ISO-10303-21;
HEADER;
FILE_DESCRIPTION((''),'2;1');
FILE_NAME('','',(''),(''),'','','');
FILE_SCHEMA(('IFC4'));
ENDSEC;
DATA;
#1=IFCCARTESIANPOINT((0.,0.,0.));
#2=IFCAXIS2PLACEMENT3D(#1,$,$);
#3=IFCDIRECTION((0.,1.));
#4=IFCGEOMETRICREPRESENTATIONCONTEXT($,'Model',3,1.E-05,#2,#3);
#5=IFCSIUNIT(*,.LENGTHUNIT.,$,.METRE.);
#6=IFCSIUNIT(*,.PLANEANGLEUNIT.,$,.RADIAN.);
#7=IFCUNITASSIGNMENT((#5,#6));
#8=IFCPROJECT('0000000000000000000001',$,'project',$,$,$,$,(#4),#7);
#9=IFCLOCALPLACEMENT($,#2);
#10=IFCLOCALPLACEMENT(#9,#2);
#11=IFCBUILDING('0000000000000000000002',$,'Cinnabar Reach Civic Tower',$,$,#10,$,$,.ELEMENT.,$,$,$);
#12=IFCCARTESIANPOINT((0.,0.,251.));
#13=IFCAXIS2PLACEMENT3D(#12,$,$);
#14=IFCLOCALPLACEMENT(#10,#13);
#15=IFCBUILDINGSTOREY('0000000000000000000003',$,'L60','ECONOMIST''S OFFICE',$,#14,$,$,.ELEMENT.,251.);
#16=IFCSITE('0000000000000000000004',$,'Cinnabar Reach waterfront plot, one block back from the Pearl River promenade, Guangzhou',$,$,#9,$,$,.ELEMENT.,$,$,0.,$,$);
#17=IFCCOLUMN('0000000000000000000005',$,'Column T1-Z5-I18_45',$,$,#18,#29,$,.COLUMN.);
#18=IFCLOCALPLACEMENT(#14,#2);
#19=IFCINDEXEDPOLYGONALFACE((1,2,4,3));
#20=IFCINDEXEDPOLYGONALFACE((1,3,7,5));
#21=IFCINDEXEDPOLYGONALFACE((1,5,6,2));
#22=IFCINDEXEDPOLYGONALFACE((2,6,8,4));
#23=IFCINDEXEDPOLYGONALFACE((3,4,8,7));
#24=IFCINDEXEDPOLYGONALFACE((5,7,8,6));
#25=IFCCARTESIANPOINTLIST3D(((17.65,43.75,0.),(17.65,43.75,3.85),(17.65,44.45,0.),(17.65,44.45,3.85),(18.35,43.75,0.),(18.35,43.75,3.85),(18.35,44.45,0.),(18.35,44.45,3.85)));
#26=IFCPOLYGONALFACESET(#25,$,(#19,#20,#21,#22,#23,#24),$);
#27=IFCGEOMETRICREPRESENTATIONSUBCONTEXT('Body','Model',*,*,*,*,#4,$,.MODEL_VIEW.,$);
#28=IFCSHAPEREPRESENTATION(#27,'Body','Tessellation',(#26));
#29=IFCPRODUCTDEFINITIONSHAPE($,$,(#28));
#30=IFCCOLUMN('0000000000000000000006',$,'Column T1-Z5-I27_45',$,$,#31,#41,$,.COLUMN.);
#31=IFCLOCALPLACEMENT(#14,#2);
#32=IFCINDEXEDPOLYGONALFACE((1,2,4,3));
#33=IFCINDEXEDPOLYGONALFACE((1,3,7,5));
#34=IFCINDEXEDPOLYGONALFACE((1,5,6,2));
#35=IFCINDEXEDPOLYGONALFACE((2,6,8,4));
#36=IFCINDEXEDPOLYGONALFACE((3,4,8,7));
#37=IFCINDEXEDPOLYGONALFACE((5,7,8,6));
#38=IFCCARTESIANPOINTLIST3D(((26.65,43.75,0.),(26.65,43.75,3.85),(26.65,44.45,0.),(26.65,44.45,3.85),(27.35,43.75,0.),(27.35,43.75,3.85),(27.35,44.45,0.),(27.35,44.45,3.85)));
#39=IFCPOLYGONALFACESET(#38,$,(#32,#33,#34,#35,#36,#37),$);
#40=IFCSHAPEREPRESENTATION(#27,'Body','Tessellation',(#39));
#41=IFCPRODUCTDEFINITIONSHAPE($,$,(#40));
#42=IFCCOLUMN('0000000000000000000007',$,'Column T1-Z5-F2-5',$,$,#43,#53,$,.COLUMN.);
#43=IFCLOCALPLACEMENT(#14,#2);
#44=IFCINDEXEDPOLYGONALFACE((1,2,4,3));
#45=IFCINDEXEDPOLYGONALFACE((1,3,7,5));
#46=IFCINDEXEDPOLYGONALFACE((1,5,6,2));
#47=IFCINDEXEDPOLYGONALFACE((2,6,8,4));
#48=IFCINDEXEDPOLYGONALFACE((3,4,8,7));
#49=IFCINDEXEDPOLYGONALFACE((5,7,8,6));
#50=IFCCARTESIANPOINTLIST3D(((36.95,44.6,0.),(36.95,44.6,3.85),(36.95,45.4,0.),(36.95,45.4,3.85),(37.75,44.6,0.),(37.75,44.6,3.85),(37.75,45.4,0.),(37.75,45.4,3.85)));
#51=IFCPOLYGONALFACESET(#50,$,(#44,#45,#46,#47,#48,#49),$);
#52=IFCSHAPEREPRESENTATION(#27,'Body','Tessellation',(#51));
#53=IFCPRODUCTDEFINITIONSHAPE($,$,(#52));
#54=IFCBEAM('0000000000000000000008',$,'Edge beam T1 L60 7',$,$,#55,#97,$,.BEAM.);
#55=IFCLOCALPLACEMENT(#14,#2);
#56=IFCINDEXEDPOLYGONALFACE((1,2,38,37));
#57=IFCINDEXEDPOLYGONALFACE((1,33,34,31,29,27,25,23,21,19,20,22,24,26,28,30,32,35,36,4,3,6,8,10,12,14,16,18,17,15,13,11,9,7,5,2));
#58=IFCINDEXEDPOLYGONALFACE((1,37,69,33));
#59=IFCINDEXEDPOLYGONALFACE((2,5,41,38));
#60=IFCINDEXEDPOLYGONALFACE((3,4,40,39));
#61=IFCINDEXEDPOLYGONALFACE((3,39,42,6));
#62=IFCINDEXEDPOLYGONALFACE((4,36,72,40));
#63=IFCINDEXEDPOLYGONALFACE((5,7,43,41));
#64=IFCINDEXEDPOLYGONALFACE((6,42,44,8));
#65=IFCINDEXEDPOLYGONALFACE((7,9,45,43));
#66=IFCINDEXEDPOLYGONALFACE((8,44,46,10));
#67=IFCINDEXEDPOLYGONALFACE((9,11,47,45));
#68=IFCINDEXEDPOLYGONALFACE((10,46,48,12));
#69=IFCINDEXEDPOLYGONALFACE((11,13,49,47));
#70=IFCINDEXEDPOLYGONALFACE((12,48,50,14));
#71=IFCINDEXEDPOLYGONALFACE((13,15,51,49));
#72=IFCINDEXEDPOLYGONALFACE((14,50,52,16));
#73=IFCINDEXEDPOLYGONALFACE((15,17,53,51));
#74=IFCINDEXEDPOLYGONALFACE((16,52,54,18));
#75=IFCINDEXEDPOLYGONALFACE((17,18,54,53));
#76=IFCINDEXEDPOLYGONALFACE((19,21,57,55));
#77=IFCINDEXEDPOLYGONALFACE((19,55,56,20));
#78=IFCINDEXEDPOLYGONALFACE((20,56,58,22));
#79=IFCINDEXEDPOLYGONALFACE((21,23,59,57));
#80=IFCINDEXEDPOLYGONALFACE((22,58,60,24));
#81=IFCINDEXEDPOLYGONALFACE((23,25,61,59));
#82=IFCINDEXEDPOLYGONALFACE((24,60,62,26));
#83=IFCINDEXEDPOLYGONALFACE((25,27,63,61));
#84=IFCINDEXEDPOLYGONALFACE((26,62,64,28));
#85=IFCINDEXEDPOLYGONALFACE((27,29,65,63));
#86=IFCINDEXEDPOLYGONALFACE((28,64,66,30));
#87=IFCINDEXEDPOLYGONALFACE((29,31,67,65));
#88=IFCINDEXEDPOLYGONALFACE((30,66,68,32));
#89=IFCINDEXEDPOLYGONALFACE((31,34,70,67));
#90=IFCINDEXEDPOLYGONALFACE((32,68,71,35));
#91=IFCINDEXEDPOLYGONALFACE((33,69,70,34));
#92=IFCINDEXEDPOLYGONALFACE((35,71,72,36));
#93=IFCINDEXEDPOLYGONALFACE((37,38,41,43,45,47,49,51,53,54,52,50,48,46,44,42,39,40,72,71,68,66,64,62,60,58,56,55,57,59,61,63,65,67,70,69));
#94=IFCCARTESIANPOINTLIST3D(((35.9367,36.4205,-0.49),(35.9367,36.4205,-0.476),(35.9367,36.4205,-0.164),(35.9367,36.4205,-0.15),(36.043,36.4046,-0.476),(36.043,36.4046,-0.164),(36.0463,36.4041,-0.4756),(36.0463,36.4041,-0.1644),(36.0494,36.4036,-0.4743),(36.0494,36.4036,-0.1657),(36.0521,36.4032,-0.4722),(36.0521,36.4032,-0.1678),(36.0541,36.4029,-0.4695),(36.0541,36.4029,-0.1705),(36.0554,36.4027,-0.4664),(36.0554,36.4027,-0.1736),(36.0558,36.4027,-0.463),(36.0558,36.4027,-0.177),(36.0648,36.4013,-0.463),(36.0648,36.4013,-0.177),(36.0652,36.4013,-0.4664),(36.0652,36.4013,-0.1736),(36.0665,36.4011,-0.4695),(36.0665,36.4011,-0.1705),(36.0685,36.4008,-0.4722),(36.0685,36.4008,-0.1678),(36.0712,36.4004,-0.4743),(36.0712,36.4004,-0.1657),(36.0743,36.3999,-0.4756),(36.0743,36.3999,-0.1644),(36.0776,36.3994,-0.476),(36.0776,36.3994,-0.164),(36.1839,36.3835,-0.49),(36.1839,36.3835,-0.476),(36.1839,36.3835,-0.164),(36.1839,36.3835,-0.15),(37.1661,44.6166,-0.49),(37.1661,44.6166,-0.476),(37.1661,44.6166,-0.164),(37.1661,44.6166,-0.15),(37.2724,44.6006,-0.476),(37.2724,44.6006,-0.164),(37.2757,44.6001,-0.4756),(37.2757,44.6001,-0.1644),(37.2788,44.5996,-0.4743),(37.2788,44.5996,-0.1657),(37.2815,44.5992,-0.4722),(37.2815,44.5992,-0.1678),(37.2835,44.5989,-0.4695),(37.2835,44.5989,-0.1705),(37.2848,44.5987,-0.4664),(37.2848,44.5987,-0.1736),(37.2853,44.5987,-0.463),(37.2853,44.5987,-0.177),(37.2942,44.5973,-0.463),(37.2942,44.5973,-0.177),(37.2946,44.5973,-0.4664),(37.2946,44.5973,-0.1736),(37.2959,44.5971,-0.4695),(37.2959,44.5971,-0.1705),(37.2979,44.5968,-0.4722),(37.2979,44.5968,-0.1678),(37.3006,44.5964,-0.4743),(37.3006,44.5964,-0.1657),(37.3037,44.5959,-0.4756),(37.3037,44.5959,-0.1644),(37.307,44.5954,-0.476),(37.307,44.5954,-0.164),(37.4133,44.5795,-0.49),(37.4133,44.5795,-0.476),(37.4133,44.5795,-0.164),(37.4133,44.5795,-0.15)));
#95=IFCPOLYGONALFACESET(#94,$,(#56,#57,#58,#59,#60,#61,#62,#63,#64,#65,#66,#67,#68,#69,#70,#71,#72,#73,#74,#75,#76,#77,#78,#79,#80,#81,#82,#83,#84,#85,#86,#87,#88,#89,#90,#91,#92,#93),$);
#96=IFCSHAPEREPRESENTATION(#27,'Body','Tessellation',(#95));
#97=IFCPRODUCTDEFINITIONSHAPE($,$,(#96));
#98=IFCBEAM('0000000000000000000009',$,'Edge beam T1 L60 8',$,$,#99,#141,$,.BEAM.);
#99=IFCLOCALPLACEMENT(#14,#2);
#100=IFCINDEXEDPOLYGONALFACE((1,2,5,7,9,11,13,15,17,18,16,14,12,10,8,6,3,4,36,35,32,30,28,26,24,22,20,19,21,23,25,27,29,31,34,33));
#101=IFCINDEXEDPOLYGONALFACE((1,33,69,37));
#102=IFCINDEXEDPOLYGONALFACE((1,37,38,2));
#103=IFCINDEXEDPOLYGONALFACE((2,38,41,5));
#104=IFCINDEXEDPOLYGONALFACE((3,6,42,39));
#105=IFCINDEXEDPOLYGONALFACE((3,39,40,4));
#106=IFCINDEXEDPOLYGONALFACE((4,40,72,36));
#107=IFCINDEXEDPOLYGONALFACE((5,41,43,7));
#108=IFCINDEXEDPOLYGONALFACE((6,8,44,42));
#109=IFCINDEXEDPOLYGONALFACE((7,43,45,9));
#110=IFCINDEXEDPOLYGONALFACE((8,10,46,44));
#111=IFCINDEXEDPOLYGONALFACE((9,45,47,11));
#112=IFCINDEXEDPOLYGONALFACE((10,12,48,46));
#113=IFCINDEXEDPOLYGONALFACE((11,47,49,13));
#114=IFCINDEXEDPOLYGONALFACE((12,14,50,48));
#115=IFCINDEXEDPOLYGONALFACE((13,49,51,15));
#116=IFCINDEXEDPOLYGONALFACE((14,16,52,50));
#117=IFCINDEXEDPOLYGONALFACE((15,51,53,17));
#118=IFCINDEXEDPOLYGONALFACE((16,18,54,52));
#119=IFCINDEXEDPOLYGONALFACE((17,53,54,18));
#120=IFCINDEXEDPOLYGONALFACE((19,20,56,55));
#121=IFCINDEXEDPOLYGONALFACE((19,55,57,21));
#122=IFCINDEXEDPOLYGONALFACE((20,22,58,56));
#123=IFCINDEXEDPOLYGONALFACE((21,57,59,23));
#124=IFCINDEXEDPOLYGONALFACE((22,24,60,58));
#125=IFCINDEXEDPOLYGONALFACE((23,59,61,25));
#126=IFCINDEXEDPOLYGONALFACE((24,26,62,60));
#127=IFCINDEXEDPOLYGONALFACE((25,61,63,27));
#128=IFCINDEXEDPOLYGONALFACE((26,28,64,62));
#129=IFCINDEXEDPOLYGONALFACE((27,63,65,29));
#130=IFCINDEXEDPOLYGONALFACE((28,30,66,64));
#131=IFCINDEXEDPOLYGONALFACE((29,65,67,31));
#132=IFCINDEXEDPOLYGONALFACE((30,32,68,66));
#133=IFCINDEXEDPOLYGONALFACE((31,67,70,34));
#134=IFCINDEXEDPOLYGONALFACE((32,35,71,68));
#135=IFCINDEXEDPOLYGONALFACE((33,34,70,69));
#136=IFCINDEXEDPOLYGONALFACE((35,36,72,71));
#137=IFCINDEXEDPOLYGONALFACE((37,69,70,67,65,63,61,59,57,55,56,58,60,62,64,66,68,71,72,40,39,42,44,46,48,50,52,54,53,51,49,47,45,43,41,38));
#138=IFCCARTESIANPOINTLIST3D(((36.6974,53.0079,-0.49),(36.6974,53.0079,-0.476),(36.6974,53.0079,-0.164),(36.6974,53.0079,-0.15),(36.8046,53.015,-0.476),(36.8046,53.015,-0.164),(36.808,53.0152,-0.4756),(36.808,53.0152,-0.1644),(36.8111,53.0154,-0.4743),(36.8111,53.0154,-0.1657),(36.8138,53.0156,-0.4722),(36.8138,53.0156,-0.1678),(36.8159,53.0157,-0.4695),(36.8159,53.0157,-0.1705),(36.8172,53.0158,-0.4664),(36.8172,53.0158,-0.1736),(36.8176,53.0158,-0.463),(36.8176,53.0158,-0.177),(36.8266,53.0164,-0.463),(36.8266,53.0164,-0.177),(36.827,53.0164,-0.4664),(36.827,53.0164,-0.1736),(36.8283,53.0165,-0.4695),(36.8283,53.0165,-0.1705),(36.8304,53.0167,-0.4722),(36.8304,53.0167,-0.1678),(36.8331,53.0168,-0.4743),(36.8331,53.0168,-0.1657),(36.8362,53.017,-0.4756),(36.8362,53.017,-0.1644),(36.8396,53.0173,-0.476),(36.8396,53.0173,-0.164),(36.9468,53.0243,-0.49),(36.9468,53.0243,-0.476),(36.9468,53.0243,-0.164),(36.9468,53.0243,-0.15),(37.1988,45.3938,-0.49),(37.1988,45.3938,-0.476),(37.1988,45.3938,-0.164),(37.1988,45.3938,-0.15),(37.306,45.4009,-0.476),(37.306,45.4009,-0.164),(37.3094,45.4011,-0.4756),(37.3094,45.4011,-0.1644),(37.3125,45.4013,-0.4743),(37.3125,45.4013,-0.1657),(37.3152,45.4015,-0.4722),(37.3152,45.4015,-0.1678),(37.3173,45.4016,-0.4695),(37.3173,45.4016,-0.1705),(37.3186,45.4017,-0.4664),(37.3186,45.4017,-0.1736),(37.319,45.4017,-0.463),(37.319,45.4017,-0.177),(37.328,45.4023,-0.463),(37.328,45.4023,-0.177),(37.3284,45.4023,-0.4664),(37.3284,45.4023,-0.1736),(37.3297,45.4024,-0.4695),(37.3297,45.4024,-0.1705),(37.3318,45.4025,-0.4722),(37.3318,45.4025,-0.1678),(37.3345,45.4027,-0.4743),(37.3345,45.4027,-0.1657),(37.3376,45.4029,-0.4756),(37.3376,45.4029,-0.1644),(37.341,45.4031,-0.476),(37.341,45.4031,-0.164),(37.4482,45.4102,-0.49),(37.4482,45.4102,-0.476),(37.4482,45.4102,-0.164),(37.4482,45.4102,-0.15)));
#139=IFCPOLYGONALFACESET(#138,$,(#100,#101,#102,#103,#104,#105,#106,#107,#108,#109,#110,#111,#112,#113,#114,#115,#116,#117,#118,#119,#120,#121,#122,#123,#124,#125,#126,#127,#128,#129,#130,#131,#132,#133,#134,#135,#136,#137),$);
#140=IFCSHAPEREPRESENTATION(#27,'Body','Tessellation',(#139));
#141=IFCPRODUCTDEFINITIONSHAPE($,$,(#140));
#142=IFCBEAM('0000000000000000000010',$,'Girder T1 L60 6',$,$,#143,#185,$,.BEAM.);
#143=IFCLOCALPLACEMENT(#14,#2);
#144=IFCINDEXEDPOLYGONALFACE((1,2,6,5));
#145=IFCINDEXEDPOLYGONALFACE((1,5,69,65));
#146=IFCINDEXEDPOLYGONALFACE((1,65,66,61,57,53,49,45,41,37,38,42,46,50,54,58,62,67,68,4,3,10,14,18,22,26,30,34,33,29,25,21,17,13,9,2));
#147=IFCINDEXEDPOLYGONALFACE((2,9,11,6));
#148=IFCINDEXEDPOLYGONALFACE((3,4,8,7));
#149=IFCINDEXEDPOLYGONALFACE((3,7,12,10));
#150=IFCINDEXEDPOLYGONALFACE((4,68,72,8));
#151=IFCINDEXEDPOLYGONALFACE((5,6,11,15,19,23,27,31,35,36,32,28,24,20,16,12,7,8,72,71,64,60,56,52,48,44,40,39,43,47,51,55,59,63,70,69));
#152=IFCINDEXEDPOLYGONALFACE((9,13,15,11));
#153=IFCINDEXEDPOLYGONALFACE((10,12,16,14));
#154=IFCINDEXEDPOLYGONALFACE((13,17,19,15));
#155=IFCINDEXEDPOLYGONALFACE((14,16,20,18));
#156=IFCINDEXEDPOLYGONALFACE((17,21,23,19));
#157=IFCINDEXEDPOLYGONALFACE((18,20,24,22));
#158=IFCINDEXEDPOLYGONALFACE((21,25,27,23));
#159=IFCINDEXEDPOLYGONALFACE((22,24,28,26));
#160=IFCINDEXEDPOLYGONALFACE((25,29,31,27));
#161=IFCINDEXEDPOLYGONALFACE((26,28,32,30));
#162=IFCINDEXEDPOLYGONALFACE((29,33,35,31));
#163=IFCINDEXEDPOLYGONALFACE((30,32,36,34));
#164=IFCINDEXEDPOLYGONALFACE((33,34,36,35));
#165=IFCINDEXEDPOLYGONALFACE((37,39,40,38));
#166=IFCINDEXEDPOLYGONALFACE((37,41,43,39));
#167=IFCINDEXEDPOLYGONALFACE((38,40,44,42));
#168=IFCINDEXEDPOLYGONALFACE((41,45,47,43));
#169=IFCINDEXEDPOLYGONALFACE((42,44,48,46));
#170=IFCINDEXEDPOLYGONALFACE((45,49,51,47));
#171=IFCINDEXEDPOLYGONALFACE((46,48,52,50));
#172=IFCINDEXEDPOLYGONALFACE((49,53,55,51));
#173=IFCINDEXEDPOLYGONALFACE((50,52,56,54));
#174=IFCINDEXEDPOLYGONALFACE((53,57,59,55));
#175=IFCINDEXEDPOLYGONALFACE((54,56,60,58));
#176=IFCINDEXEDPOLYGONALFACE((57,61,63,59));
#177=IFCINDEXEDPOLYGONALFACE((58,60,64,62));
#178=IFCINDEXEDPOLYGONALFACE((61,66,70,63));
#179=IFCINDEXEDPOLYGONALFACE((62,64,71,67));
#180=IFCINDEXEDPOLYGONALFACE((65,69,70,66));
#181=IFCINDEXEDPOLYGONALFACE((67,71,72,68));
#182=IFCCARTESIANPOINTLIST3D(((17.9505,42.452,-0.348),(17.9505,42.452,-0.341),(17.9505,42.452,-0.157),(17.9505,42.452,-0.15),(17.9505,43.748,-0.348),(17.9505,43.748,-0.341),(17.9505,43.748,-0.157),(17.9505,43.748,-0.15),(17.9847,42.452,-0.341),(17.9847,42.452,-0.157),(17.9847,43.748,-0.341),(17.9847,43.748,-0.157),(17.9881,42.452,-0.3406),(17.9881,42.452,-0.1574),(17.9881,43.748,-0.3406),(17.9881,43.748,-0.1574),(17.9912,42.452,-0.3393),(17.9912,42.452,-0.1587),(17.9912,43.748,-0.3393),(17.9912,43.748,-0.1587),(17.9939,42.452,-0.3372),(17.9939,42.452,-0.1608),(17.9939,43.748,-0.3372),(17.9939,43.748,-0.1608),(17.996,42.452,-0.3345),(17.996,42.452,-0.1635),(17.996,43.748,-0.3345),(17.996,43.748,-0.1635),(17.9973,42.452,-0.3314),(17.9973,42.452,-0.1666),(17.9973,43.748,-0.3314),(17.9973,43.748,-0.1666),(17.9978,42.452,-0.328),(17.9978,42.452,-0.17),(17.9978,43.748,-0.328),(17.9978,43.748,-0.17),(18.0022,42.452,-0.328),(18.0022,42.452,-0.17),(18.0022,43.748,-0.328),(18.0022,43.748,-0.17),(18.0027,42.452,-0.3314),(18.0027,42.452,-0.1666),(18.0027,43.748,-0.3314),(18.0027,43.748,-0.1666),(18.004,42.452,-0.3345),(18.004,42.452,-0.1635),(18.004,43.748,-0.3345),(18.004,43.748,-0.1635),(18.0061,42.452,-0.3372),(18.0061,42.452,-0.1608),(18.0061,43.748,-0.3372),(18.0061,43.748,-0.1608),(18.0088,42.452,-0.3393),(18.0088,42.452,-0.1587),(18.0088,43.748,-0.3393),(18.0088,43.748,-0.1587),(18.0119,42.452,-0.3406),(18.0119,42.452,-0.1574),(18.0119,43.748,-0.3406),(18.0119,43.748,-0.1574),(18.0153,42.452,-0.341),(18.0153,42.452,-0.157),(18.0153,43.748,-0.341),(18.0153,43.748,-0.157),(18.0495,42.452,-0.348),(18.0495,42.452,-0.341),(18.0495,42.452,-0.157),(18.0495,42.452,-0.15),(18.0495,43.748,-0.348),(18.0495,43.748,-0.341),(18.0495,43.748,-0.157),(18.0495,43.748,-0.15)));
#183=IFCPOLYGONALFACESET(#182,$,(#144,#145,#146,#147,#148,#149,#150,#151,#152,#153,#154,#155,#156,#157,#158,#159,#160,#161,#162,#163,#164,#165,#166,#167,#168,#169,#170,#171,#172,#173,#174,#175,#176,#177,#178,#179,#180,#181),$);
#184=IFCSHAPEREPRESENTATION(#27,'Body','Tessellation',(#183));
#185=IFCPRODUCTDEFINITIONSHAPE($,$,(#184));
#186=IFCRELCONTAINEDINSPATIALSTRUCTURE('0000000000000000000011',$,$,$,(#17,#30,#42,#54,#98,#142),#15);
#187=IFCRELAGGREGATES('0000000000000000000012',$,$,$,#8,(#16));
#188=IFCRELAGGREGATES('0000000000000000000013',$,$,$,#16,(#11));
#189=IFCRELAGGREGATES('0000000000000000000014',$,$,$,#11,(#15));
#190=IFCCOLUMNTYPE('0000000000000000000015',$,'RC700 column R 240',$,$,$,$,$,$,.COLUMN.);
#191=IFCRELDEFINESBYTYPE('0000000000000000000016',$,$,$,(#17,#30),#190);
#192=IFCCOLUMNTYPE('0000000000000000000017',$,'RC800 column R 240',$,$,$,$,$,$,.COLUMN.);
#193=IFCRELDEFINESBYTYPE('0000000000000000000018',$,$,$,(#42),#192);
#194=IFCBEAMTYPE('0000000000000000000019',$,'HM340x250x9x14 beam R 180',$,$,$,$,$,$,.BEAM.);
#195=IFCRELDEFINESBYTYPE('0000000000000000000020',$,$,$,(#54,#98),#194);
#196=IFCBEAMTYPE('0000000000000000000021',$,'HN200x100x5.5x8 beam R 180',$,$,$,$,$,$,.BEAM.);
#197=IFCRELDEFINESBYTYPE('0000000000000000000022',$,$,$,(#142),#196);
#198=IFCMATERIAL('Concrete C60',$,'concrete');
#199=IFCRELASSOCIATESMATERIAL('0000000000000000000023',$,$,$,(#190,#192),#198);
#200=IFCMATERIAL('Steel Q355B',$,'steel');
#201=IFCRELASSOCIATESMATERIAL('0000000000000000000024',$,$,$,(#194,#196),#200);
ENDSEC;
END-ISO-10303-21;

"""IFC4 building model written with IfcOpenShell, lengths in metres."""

from ifc_helpers import new_model, si_unit, direction, frame, origin, origin_2d, place, context, subcontext, project, spatial, rectangle, i_section, extrude, material, material_profile, profile_set, type_object, element, save


model = new_model("IFC4")

# Units and contexts
model_context = context("Model", 3, precision=1e-05, world=origin(), true_north=direction((0.0, 1.0)))
body_context = subcontext(model_context, "Body", "Model", "MODEL_VIEW")
ifc_project = project(units=[si_unit("LENGTHUNIT", "METRE"), si_unit("PLANEANGLEUNIT", "RADIAN")], contexts=[model_context])

# Site, building, storey
site_placement = place(None, origin())
site = spatial("IfcSite", under=ifc_project, at=site_placement, Name="Cinnabar Reach waterfront plot, one block back from the Pearl River promenade, Guangzhou", CompositionType="ELEMENT", RefElevation=0.0)
building_placement = place(site_placement, origin())
building = spatial("IfcBuilding", under=site, at=building_placement, Name="Cinnabar Reach Civic Tower", CompositionType="ELEMENT")
storey_placement = place(building_placement, frame((0.0, 0.0, 251.0)))
storey = spatial("IfcBuildingStorey", under=building, at=storey_placement, Name="L60", Description="ECONOMIST'S OFFICE", CompositionType="ELEMENT", Elevation=251.0)

# Columns
ifc_material_1 = material(Name="Concrete C60", Category="concrete")
ifc_material_profile_1 = material_profile(ifc_material_1, rectangle(XDim=0.7, YDim=0.7, at=origin_2d()), Name="RC700")
ifc_profile_set_1 = profile_set([ifc_material_profile_1], Name="Concrete C60")
column_type_1 = type_object("IfcColumnType", Name="RC700 column R 240", PredefinedType="COLUMN", material=ifc_profile_set_1)
for number, where, z_axis, x_axis, name in (
    (1, (18.0, 44.1, 0.0), (0.0, 0.0, 1.0), (1.0, 0.0, 0.0), "Column T1-Z5-I18_45"),
    (2, (27.0, 44.1, 0.0), (0.0, 0.0, 1.0), (1.0, 0.0, 0.0), "Column T1-Z5-I27_45"),
):
    element("IfcColumn", number, at=place(storey_placement, frame(where, z_axis=z_axis, x_axis=x_axis)), inside=storey, type_object=column_type_1, Name=name, PredefinedType="COLUMN", context=body_context, shape_type="SweptSolid", body=[
        extrude(rectangle(XDim=0.7, YDim=0.7, at=origin_2d()), origin(), (0.0, 0.0, 1.0), 3.85),
    ])
ifc_material_profile_2 = material_profile(ifc_material_1, rectangle(XDim=0.8, YDim=0.8, at=origin_2d()), Name="RC800")
ifc_profile_set_2 = profile_set([ifc_material_profile_2], Name="Concrete C60")
column_type_2 = type_object("IfcColumnType", Name="RC800 column R 240", PredefinedType="COLUMN", material=ifc_profile_set_2)
column_placement = place(storey_placement, frame((37.35, 45.0, 0.0), z_axis=(0.0, 0.0, 1.0), x_axis=(1.0, 0.0, 0.0)))
element("IfcColumn", 3, at=column_placement, inside=storey, type_object=column_type_2, Name="Column T1-Z5-F2-5", PredefinedType="COLUMN", context=body_context, shape_type="SweptSolid", body=[
    extrude(rectangle(XDim=0.8, YDim=0.8, at=origin_2d()), origin(), (0.0, 0.0, 1.0), 3.85),
])

# Beams
ifc_material_2 = material(Name="Steel Q355B", Category="steel")
ifc_material_profile_3 = material_profile(ifc_material_2, i_section(OverallWidth=0.25, OverallDepth=0.34, WebThickness=0.009, FlangeThickness=0.014, FilletRadius=0.013, at=origin_2d()), Name="HM340x250x9x14")
ifc_profile_set_3 = profile_set([ifc_material_profile_3], Name="Steel Q355B")
beam_type_1 = type_object("IfcBeamType", Name="HM340x250x9x14 beam R 180", PredefinedType="BEAM", material=ifc_profile_set_3)
beam_1_placement = place(storey_placement, frame((36.0603, 36.402, -0.32), z_axis=(0.14834, 0.988936, 0.0), x_axis=(-0.988936, 0.14834, 0.0)))
element("IfcBeam", 4, at=beam_1_placement, inside=storey, type_object=beam_type_1, Name="Edge beam T1 L60 7", PredefinedType="BEAM", context=body_context, shape_type="SweptSolid", body=[
    extrude(i_section(OverallWidth=0.25, OverallDepth=0.34, WebThickness=0.009, FlangeThickness=0.014, FilletRadius=0.013, at=origin_2d()), origin(), (0.0, 0.0, 1.0), 8.2877),
])
beam_2_placement = place(storey_placement, frame((37.3235, 45.402, -0.32), z_axis=(-0.065709, 0.997839, 0.0), x_axis=(-0.997839, -0.065709, 0.0)))
element("IfcBeam", 5, at=beam_2_placement, inside=storey, type_object=beam_type_1, Name="Edge beam T1 L60 8", PredefinedType="BEAM", context=body_context, shape_type="SweptSolid", body=[
    extrude(i_section(OverallWidth=0.25, OverallDepth=0.34, WebThickness=0.009, FlangeThickness=0.014, FilletRadius=0.013, at=origin_2d()), origin(), (0.0, 0.0, 1.0), 7.6306),
])
ifc_material_profile_4 = material_profile(ifc_material_2, i_section(OverallWidth=0.099, OverallDepth=0.198, WebThickness=0.0045, FlangeThickness=0.007, FilletRadius=0.013, at=origin_2d()), Name="HN200x100x5.5x8")
ifc_profile_set_4 = profile_set([ifc_material_profile_4], Name="Steel Q355B")
beam_type_2 = type_object("IfcBeamType", Name="HN200x100x5.5x8 beam R 180", PredefinedType="BEAM", material=ifc_profile_set_4)
beam_3_placement = place(storey_placement, frame((18.0, 42.452, -0.249), z_axis=(0.0, 1.0, 0.0), x_axis=(-1.0, 0.0, 0.0)))
element("IfcBeam", 6, at=beam_3_placement, inside=storey, type_object=beam_type_2, Name="Girder T1 L60 6", PredefinedType="BEAM", context=body_context, shape_type="SweptSolid", body=[
    extrude(i_section(OverallWidth=0.099, OverallDepth=0.198, WebThickness=0.0045, FlangeThickness=0.007, FilletRadius=0.013, at=origin_2d()), origin(), (0.0, 0.0, 1.0), 1.296),
])

save(model, "model.ifc")
